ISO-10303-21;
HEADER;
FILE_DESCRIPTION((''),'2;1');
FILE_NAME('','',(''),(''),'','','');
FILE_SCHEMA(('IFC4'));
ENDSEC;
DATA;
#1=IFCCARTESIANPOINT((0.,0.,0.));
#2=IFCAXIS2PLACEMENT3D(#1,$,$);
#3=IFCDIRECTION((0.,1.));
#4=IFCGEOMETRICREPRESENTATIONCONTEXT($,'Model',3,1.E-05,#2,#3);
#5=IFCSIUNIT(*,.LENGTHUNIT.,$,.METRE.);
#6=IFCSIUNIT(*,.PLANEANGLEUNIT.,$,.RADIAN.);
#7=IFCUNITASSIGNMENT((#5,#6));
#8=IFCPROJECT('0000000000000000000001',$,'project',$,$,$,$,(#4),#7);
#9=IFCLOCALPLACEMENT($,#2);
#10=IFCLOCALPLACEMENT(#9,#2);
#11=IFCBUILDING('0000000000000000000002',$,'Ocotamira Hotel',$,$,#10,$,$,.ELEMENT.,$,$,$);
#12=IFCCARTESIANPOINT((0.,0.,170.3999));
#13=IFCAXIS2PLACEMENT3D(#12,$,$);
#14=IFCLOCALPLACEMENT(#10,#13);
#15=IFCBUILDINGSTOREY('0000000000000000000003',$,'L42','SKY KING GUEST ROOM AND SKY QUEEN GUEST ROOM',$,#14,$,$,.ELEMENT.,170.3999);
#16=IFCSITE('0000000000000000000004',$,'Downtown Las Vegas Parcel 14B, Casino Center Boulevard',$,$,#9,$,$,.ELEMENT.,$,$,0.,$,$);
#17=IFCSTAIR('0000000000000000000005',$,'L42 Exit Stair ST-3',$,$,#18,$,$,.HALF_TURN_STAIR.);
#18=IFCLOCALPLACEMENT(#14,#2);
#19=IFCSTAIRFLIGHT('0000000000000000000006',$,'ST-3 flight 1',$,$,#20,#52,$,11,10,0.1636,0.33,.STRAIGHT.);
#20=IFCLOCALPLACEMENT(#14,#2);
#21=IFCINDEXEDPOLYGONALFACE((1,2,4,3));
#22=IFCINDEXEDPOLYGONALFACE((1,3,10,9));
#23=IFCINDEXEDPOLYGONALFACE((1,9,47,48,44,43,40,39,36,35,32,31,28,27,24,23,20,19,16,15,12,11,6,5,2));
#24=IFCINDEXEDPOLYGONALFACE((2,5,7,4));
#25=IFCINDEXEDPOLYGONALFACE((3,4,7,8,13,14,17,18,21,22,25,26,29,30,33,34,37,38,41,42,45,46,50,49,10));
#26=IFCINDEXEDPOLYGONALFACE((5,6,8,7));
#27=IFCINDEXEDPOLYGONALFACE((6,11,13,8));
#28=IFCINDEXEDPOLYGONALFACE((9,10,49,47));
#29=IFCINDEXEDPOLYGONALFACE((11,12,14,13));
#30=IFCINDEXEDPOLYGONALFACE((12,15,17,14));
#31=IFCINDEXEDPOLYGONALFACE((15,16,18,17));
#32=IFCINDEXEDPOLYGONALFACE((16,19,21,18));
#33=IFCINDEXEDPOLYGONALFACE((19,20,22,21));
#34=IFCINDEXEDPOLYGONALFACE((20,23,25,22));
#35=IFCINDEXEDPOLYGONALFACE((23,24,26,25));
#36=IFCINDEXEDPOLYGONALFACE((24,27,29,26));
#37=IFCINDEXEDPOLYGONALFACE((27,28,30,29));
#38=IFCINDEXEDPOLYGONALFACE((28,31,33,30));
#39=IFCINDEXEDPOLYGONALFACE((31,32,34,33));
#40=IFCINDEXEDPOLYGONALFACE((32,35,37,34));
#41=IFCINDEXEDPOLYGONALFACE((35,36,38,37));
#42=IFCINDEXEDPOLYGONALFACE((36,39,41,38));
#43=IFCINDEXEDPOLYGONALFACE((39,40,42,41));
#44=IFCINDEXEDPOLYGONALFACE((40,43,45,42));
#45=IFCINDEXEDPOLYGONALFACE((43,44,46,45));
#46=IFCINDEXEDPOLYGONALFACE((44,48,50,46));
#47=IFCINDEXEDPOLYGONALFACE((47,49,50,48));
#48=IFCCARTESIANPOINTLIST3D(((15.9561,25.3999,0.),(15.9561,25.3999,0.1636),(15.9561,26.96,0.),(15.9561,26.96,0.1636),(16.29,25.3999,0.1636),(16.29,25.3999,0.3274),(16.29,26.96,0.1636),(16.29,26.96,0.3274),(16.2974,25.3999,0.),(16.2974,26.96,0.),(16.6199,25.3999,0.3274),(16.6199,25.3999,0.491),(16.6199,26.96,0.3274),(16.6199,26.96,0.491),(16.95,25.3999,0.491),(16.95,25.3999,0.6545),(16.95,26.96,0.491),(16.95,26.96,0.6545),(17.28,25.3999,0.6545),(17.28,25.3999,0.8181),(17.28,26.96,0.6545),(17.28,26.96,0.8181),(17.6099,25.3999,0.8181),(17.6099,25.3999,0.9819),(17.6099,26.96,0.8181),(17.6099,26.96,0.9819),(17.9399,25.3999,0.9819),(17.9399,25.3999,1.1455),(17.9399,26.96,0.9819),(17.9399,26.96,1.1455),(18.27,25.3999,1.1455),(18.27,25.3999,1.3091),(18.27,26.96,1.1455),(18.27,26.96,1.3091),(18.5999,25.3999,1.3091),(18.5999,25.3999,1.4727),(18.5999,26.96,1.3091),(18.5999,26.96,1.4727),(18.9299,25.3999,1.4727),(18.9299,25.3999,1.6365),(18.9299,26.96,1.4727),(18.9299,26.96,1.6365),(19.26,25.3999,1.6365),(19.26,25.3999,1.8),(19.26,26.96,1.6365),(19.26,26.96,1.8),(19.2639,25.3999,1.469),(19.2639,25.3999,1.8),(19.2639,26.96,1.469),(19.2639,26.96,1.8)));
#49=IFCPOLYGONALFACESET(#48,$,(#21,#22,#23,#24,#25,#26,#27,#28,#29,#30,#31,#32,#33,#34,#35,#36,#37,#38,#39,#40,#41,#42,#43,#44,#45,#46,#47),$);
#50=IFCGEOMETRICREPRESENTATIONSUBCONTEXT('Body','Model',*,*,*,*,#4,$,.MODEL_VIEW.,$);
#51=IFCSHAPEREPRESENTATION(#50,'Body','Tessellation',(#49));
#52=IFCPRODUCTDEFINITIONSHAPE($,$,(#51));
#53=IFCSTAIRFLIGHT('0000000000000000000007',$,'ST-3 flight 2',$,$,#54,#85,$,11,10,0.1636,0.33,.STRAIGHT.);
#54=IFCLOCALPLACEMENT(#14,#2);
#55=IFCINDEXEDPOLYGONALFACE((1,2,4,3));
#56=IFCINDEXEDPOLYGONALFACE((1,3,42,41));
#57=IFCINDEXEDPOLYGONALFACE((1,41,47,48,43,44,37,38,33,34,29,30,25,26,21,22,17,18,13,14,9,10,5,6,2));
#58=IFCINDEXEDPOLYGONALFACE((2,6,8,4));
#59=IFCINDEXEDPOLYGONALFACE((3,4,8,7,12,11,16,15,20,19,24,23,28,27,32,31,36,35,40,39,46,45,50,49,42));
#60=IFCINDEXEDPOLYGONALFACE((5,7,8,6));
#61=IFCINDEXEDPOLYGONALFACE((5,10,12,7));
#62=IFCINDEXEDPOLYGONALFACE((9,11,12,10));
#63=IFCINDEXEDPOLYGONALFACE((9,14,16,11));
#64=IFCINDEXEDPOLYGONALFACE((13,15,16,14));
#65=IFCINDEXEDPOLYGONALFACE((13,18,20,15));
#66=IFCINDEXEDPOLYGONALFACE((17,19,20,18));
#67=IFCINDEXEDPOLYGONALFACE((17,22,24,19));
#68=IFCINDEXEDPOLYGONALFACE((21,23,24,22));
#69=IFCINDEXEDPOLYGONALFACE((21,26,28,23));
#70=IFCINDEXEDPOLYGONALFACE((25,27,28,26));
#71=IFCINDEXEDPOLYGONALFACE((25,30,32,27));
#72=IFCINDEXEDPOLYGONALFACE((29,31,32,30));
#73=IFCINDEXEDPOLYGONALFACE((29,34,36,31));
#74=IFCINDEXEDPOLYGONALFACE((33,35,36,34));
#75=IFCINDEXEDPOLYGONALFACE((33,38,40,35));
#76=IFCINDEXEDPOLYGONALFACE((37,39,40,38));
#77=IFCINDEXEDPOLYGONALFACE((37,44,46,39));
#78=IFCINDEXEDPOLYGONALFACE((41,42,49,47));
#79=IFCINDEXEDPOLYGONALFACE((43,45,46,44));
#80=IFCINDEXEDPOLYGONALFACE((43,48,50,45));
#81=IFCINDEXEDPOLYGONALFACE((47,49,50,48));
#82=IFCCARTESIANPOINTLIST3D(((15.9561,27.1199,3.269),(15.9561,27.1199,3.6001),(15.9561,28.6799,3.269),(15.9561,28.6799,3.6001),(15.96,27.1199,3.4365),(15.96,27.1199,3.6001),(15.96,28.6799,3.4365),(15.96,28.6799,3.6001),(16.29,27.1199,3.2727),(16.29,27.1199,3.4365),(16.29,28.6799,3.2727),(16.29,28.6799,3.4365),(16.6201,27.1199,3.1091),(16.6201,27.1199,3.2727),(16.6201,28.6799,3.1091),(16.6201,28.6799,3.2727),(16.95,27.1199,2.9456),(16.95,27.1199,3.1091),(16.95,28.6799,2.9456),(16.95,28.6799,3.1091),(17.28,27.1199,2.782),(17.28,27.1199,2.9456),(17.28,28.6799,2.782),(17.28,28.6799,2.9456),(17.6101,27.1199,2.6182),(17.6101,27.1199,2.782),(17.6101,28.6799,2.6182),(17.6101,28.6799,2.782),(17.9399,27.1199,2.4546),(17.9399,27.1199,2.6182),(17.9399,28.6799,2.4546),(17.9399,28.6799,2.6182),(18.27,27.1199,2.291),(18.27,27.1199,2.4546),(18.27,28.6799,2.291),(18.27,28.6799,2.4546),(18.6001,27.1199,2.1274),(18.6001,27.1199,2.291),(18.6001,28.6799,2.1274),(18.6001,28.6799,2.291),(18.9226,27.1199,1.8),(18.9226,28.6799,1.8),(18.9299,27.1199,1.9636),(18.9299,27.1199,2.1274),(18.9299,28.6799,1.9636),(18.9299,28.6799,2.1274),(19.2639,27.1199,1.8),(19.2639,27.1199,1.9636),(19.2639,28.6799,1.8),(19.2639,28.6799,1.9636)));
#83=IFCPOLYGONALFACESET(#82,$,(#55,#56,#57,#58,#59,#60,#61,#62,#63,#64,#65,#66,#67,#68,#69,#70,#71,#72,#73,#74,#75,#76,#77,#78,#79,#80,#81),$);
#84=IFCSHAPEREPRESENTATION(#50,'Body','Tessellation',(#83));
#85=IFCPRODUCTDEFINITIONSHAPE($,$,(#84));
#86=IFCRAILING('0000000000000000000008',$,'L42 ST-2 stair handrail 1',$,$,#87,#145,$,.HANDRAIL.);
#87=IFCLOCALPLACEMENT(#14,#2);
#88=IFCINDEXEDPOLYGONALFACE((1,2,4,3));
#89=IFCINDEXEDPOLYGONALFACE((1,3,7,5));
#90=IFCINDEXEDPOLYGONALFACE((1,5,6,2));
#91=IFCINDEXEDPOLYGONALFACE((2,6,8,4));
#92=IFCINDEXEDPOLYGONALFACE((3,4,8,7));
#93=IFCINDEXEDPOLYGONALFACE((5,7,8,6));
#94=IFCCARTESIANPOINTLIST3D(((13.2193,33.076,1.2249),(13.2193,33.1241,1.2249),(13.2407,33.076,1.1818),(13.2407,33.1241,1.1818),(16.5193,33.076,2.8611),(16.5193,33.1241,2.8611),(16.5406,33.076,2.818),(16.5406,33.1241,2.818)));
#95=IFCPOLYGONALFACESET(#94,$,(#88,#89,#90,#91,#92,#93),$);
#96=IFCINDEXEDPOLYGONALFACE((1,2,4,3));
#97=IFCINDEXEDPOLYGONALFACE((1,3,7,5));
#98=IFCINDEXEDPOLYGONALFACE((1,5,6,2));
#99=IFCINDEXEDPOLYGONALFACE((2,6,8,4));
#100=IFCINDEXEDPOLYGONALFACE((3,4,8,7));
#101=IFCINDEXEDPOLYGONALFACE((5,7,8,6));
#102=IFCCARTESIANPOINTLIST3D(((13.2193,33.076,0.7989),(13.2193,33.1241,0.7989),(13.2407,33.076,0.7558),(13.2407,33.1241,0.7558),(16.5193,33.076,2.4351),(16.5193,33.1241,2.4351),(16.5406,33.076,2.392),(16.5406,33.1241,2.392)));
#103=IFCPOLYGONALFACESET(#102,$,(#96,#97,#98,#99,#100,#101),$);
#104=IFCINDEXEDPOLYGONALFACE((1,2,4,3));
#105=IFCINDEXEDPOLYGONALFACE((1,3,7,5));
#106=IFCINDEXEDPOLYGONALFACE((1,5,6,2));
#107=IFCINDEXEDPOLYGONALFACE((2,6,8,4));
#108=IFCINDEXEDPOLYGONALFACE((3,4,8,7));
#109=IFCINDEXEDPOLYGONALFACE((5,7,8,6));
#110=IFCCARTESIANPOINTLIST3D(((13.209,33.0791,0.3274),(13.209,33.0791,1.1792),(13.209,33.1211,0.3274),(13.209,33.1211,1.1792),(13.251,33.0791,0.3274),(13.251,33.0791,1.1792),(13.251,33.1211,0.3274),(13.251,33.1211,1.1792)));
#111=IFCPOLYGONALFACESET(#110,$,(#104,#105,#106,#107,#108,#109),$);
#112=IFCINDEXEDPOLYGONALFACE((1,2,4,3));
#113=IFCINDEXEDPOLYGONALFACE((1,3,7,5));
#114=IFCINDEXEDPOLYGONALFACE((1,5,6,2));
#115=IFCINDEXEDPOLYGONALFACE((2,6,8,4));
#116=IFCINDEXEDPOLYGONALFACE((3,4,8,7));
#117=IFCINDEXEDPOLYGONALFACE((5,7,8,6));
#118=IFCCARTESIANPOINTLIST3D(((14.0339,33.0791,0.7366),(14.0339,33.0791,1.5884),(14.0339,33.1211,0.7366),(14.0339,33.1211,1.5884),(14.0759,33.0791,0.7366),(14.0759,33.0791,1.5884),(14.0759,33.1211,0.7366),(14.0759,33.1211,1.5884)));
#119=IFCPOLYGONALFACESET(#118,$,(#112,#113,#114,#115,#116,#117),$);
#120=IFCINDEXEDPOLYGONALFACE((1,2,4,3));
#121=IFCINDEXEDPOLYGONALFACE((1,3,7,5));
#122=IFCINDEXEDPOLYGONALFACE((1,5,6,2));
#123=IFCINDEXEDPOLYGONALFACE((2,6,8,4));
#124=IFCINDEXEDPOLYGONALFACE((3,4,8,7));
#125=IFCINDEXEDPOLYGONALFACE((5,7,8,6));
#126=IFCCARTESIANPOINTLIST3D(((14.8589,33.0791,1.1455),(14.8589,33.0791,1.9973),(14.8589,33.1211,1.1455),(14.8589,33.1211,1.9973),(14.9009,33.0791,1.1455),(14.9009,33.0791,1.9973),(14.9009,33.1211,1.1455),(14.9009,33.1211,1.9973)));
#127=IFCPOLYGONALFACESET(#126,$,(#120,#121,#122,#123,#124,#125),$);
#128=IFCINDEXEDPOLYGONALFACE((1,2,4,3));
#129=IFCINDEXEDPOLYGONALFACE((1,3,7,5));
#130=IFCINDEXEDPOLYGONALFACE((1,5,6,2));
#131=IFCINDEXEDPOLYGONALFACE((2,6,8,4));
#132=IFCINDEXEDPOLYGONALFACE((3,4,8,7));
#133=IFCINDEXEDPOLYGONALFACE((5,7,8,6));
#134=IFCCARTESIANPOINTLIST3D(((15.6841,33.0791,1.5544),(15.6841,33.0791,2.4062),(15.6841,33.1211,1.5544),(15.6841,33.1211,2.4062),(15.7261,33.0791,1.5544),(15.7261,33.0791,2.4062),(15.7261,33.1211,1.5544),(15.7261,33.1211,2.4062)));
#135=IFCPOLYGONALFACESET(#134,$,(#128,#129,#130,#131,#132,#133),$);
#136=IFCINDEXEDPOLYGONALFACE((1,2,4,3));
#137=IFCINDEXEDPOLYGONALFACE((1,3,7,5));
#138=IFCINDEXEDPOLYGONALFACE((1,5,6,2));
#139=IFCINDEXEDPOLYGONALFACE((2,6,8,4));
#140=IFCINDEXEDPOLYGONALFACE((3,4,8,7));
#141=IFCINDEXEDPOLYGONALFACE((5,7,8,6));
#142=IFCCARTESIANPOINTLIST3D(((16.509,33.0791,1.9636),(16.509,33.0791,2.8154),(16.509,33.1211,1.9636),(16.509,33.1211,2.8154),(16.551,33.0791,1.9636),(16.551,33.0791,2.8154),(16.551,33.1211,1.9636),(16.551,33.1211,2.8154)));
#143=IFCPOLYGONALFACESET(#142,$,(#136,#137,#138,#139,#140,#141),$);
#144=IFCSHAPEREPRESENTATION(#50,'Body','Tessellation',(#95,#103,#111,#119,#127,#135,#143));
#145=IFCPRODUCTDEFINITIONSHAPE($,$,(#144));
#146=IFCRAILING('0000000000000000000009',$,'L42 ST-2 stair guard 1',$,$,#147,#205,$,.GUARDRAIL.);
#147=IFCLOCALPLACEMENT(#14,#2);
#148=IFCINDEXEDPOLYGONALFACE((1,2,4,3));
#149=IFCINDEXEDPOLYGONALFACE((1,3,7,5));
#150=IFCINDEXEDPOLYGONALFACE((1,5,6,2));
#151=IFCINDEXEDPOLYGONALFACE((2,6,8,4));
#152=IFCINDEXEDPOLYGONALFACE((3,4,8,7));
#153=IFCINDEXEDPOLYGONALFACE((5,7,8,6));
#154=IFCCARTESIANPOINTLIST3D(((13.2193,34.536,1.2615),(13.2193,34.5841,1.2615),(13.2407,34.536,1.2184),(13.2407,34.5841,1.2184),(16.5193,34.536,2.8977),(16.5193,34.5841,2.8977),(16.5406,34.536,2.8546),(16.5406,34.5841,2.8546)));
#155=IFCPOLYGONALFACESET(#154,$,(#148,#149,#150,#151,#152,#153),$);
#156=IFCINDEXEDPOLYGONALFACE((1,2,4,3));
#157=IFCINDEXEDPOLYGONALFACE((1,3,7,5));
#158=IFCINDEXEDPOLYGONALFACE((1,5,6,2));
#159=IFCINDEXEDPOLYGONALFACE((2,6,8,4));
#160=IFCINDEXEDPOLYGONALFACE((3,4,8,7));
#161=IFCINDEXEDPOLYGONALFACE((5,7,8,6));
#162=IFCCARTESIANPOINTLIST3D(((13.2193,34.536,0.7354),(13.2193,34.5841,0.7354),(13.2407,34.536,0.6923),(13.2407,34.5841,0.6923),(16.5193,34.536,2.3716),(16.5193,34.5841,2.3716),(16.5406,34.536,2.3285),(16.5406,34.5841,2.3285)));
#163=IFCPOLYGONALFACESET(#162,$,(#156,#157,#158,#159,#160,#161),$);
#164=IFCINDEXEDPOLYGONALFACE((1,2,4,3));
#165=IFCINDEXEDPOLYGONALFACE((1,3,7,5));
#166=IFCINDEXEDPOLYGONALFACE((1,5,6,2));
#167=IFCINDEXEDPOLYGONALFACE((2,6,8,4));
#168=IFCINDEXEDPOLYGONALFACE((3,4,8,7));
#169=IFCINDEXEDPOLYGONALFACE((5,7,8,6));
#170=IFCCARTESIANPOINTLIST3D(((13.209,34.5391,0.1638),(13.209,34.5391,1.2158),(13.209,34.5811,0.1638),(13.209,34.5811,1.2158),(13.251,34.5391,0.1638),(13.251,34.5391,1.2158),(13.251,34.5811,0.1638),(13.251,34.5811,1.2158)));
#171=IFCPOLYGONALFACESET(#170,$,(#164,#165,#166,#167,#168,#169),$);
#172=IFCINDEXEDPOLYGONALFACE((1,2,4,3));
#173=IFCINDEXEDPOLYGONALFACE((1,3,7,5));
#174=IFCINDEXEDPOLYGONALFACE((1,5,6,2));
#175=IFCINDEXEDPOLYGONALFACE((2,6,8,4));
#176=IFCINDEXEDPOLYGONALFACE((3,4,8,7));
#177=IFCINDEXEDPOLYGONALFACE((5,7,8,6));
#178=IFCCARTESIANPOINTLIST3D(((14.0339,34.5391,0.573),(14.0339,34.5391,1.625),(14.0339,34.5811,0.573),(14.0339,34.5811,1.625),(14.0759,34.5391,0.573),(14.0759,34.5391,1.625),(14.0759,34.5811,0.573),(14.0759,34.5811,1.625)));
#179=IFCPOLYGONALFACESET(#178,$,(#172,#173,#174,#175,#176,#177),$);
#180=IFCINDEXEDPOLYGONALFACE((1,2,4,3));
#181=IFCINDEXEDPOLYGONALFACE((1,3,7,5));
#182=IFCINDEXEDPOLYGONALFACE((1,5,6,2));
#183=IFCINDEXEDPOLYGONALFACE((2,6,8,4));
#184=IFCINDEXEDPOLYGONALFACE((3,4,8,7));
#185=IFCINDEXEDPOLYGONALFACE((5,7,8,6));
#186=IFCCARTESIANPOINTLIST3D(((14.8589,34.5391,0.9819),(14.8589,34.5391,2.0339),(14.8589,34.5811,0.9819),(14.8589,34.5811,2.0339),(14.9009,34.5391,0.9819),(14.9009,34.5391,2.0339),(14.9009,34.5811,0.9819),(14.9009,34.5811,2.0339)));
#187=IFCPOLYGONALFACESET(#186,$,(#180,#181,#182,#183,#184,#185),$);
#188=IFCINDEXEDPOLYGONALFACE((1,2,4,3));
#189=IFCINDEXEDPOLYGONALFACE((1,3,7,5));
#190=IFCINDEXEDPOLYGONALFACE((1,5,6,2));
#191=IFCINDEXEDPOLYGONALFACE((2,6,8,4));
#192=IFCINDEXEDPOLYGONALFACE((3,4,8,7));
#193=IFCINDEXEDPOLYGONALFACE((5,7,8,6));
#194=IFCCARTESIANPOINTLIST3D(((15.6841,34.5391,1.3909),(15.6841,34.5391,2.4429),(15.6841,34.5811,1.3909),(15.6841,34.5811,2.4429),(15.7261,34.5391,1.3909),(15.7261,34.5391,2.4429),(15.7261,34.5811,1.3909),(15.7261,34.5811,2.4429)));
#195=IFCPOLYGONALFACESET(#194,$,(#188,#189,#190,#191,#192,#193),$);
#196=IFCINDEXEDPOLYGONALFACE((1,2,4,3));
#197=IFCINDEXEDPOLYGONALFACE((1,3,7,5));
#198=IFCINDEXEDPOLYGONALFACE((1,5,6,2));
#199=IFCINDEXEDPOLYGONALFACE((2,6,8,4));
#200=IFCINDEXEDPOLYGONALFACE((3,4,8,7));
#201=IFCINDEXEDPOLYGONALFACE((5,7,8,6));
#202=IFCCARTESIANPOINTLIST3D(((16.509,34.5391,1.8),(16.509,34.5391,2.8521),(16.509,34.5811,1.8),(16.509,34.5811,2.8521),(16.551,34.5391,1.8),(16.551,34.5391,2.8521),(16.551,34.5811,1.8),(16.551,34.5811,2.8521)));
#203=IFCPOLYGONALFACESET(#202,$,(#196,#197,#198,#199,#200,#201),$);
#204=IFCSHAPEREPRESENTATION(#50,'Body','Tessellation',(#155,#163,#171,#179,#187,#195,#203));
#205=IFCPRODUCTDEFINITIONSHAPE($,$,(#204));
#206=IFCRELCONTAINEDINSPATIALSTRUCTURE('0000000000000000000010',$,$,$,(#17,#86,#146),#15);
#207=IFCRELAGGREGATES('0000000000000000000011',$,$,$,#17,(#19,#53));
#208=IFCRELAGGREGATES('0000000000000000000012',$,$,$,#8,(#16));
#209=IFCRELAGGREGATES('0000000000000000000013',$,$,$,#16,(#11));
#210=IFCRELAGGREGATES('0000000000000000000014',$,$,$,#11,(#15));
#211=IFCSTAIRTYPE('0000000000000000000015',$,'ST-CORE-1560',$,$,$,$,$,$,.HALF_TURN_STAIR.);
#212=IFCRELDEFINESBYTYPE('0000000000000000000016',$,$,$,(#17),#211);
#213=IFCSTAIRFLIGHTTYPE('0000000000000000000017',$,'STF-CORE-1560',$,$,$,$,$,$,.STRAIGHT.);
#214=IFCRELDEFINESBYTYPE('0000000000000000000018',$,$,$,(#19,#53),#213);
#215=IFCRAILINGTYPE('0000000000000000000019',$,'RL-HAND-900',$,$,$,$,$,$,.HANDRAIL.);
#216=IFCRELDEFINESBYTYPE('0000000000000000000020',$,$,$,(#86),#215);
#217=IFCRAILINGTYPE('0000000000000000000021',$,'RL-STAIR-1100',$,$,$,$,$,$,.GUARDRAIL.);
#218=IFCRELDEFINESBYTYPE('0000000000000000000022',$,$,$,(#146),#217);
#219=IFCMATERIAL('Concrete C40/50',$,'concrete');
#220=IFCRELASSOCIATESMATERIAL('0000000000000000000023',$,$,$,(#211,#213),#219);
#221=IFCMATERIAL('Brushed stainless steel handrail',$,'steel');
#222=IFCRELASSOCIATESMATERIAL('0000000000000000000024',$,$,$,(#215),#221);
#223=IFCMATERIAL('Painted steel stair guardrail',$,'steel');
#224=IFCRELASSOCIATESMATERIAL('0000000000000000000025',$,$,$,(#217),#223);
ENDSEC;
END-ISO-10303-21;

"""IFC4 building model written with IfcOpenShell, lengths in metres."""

from ifc_helpers import new_model, si_unit, direction, frame, origin, origin_2d, place, context, subcontext, project, spatial, polyline, rectangle, outline, extrude, source, transform, mapped, material, type_object, element, aggregate, save


model = new_model("IFC4")

# Units and contexts
model_context = context("Model", 3, precision=1e-05, world=origin(), true_north=direction((0.0, 1.0)))
body_context = subcontext(model_context, "Body", "Model", "MODEL_VIEW")
ifc_project = project(units=[si_unit("LENGTHUNIT", "METRE"), si_unit("PLANEANGLEUNIT", "RADIAN")], contexts=[model_context])

# Site, building, storey
site_placement = place(None, origin())
site = spatial("IfcSite", under=ifc_project, at=site_placement, Name="Downtown Las Vegas Parcel 14B, Casino Center Boulevard", CompositionType="ELEMENT", RefElevation=0.0)
building_placement = place(site_placement, origin())
building = spatial("IfcBuilding", under=site, at=building_placement, Name="Ocotamira Hotel", CompositionType="ELEMENT")
storey_placement = place(building_placement, frame((0.0, 0.0, 170.3999)))
storey = spatial("IfcBuildingStorey", under=building, at=storey_placement, Name="L42", Description="SKY KING GUEST ROOM AND SKY QUEEN GUEST ROOM", CompositionType="ELEMENT", Elevation=170.3999)

# Stair, stair flights
ifc_material_1 = material(Name="Concrete C40/50", Category="concrete")
stair_type = type_object("IfcStairType", Name="ST-CORE-1560", PredefinedType="HALF_TURN_STAIR", material=ifc_material_1)
stair_flight_type = type_object("IfcStairFlightType", Name="STF-CORE-1560", PredefinedType="STRAIGHT", material=ifc_material_1)
shared_shape_1 = source(origin(), body_context, "Body", "SweptSolid", [
    extrude(outline(polyline([(-0.0039, 0.0), (-0.0039, 0.1636), (0.3301, 0.1636), (0.3301, 0.3274), (0.6599, 0.3274), (0.6599, 0.491), (0.99, 0.491), (0.99, 0.6545), (1.3201, 0.6545), (1.3201, 0.8181), (1.6499, 0.8181), (1.6499, 0.9819), (1.98, 0.9819), (1.98, 1.1455), (2.3101, 1.1455), (2.3101, 1.3091), (2.6399, 1.3091), (2.6399, 1.4727), (2.97, 1.4727), (2.97, 1.6365), (3.3, 1.6365), (3.3, 1.8), (3.304, 1.8), (3.304, 1.469), (0.3374, 0.0), (-0.0039, 0.0)])), frame((0.0, 0.78, 0.0), z_axis=(0.0, -1.0, 0.0), x_axis=(1.0, 0.0, 0.0)), (0.0, 0.0, 1.0), 1.5601),
])
stair_1_placement = place(storey_placement, origin())
stair_1 = element("IfcStair", 1, at=stair_1_placement, inside=storey, type_object=stair_type, Name="L42 Exit Stair ST-3", PredefinedType="HALF_TURN_STAIR")
stair_flight_1_placement = place(storey_placement, frame((15.96, 26.1799, 0.0), z_axis=(0.0, 0.0, 1.0), x_axis=(1.0, 0.0, 0.0)))
stair_flight_1 = element("IfcStairFlight", 2, at=stair_flight_1_placement, type_object=stair_flight_type, Name="ST-3 flight 1", NumberOfRisers=11, NumberOfTreads=10, PredefinedType="STRAIGHT", RiserHeight=0.1636, TreadLength=0.33, context=body_context, shape_type="MappedRepresentation", body=[
    mapped(shared_shape_1, transform((0.0, 0.0, 0.0), scale=1.0)),
])
stair_flight_2_placement = place(storey_placement, frame((19.26, 27.8999, 1.8), z_axis=(0.0, 0.0, 1.0), x_axis=(-1.0, 0.0, 0.0)))
stair_flight_2 = element("IfcStairFlight", 3, at=stair_flight_2_placement, type_object=stair_flight_type, Name="ST-3 flight 2", NumberOfRisers=11, NumberOfTreads=10, PredefinedType="STRAIGHT", RiserHeight=0.1636, TreadLength=0.33, context=body_context, shape_type="MappedRepresentation", body=[
    mapped(shared_shape_1, transform((0.0, 0.0, 0.0), scale=1.0)),
])
aggregate(stair_1, [stair_flight_1, stair_flight_2])

# Railings
ifc_material_2 = material(Name="Brushed stainless steel handrail", Category="steel")
railing_type_1 = type_object("IfcRailingType", Name="RL-HAND-900", PredefinedType="HANDRAIL", material=ifc_material_2)
railing_1_placement = place(storey_placement, frame((13.23, 33.1001, 0.3274)))
element("IfcRailing", 4, at=railing_1_placement, inside=storey, type_object=railing_type_1, Name="L42 ST-2 stair handrail 1", PredefinedType="HANDRAIL", context=body_context, shape_type="SweptSolid", body=[
    extrude(rectangle(XDim=0.0481, YDim=0.0481, at=origin_2d()), frame((0.0, 0.0, 0.876), z_axis=(0.89592, 0.0, 0.444215), x_axis=(0.0, 1.0, 0.0)), (0.0, 0.0, 1.0), 3.6833),
    extrude(rectangle(XDim=0.0481, YDim=0.0481, at=origin_2d()), frame((0.0, 0.0, 0.45), z_axis=(0.89592, 0.0, 0.444215), x_axis=(0.0, 1.0, 0.0)), (0.0, 0.0, 1.0), 3.6833),
    extrude(rectangle(XDim=0.042, YDim=0.042, at=origin_2d()), origin(), (0.0, 0.0, 1.0), 0.8518),
    extrude(rectangle(XDim=0.042, YDim=0.042, at=origin_2d()), frame((0.825, 0.0, 0.4092)), (0.0, 0.0, 1.0), 0.8518),
    extrude(rectangle(XDim=0.042, YDim=0.042, at=origin_2d()), frame((1.6499, 0.0, 0.8181)), (0.0, 0.0, 1.0), 0.8518),
    extrude(rectangle(XDim=0.042, YDim=0.042, at=origin_2d()), frame((2.4751, 0.0, 1.2271)), (0.0, 0.0, 1.0), 0.8518),
    extrude(rectangle(XDim=0.042, YDim=0.042, at=origin_2d()), frame((3.3, 0.0, 1.6362)), (0.0, 0.0, 1.0), 0.8518),
])
ifc_material_3 = material(Name="Painted steel stair guardrail", Category="steel")
railing_type_2 = type_object("IfcRailingType", Name="RL-STAIR-1100", PredefinedType="GUARDRAIL", material=ifc_material_3)
railing_2_placement = place(storey_placement, frame((13.23, 34.5601, 0.1638)))
element("IfcRailing", 5, at=railing_2_placement, inside=storey, type_object=railing_type_2, Name="L42 ST-2 stair guard 1", PredefinedType="GUARDRAIL", context=body_context, shape_type="SweptSolid", body=[
    extrude(rectangle(XDim=0.0481, YDim=0.0481, at=origin_2d()), frame((0.0, 0.0, 1.0762), z_axis=(0.89592, 0.0, 0.444215), x_axis=(0.0, 1.0, 0.0)), (0.0, 0.0, 1.0), 3.6833),
    extrude(rectangle(XDim=0.0481, YDim=0.0481, at=origin_2d()), frame((0.0, 0.0, 0.55), z_axis=(0.89592, 0.0, 0.444215), x_axis=(0.0, 1.0, 0.0)), (0.0, 0.0, 1.0), 3.6833),
    extrude(rectangle(XDim=0.042, YDim=0.042, at=origin_2d()), origin(), (0.0, 0.0, 1.0), 1.052),
    extrude(rectangle(XDim=0.042, YDim=0.042, at=origin_2d()), frame((0.825, 0.0, 0.4092)), (0.0, 0.0, 1.0), 1.052),
    extrude(rectangle(XDim=0.042, YDim=0.042, at=origin_2d()), frame((1.6499, 0.0, 0.8181)), (0.0, 0.0, 1.0), 1.052),
    extrude(rectangle(XDim=0.042, YDim=0.042, at=origin_2d()), frame((2.4751, 0.0, 1.2271)), (0.0, 0.0, 1.0), 1.052),
    extrude(rectangle(XDim=0.042, YDim=0.042, at=origin_2d()), frame((3.3, 0.0, 1.6362)), (0.0, 0.0, 1.0), 1.052),
])

save(model, "model.ifc")
